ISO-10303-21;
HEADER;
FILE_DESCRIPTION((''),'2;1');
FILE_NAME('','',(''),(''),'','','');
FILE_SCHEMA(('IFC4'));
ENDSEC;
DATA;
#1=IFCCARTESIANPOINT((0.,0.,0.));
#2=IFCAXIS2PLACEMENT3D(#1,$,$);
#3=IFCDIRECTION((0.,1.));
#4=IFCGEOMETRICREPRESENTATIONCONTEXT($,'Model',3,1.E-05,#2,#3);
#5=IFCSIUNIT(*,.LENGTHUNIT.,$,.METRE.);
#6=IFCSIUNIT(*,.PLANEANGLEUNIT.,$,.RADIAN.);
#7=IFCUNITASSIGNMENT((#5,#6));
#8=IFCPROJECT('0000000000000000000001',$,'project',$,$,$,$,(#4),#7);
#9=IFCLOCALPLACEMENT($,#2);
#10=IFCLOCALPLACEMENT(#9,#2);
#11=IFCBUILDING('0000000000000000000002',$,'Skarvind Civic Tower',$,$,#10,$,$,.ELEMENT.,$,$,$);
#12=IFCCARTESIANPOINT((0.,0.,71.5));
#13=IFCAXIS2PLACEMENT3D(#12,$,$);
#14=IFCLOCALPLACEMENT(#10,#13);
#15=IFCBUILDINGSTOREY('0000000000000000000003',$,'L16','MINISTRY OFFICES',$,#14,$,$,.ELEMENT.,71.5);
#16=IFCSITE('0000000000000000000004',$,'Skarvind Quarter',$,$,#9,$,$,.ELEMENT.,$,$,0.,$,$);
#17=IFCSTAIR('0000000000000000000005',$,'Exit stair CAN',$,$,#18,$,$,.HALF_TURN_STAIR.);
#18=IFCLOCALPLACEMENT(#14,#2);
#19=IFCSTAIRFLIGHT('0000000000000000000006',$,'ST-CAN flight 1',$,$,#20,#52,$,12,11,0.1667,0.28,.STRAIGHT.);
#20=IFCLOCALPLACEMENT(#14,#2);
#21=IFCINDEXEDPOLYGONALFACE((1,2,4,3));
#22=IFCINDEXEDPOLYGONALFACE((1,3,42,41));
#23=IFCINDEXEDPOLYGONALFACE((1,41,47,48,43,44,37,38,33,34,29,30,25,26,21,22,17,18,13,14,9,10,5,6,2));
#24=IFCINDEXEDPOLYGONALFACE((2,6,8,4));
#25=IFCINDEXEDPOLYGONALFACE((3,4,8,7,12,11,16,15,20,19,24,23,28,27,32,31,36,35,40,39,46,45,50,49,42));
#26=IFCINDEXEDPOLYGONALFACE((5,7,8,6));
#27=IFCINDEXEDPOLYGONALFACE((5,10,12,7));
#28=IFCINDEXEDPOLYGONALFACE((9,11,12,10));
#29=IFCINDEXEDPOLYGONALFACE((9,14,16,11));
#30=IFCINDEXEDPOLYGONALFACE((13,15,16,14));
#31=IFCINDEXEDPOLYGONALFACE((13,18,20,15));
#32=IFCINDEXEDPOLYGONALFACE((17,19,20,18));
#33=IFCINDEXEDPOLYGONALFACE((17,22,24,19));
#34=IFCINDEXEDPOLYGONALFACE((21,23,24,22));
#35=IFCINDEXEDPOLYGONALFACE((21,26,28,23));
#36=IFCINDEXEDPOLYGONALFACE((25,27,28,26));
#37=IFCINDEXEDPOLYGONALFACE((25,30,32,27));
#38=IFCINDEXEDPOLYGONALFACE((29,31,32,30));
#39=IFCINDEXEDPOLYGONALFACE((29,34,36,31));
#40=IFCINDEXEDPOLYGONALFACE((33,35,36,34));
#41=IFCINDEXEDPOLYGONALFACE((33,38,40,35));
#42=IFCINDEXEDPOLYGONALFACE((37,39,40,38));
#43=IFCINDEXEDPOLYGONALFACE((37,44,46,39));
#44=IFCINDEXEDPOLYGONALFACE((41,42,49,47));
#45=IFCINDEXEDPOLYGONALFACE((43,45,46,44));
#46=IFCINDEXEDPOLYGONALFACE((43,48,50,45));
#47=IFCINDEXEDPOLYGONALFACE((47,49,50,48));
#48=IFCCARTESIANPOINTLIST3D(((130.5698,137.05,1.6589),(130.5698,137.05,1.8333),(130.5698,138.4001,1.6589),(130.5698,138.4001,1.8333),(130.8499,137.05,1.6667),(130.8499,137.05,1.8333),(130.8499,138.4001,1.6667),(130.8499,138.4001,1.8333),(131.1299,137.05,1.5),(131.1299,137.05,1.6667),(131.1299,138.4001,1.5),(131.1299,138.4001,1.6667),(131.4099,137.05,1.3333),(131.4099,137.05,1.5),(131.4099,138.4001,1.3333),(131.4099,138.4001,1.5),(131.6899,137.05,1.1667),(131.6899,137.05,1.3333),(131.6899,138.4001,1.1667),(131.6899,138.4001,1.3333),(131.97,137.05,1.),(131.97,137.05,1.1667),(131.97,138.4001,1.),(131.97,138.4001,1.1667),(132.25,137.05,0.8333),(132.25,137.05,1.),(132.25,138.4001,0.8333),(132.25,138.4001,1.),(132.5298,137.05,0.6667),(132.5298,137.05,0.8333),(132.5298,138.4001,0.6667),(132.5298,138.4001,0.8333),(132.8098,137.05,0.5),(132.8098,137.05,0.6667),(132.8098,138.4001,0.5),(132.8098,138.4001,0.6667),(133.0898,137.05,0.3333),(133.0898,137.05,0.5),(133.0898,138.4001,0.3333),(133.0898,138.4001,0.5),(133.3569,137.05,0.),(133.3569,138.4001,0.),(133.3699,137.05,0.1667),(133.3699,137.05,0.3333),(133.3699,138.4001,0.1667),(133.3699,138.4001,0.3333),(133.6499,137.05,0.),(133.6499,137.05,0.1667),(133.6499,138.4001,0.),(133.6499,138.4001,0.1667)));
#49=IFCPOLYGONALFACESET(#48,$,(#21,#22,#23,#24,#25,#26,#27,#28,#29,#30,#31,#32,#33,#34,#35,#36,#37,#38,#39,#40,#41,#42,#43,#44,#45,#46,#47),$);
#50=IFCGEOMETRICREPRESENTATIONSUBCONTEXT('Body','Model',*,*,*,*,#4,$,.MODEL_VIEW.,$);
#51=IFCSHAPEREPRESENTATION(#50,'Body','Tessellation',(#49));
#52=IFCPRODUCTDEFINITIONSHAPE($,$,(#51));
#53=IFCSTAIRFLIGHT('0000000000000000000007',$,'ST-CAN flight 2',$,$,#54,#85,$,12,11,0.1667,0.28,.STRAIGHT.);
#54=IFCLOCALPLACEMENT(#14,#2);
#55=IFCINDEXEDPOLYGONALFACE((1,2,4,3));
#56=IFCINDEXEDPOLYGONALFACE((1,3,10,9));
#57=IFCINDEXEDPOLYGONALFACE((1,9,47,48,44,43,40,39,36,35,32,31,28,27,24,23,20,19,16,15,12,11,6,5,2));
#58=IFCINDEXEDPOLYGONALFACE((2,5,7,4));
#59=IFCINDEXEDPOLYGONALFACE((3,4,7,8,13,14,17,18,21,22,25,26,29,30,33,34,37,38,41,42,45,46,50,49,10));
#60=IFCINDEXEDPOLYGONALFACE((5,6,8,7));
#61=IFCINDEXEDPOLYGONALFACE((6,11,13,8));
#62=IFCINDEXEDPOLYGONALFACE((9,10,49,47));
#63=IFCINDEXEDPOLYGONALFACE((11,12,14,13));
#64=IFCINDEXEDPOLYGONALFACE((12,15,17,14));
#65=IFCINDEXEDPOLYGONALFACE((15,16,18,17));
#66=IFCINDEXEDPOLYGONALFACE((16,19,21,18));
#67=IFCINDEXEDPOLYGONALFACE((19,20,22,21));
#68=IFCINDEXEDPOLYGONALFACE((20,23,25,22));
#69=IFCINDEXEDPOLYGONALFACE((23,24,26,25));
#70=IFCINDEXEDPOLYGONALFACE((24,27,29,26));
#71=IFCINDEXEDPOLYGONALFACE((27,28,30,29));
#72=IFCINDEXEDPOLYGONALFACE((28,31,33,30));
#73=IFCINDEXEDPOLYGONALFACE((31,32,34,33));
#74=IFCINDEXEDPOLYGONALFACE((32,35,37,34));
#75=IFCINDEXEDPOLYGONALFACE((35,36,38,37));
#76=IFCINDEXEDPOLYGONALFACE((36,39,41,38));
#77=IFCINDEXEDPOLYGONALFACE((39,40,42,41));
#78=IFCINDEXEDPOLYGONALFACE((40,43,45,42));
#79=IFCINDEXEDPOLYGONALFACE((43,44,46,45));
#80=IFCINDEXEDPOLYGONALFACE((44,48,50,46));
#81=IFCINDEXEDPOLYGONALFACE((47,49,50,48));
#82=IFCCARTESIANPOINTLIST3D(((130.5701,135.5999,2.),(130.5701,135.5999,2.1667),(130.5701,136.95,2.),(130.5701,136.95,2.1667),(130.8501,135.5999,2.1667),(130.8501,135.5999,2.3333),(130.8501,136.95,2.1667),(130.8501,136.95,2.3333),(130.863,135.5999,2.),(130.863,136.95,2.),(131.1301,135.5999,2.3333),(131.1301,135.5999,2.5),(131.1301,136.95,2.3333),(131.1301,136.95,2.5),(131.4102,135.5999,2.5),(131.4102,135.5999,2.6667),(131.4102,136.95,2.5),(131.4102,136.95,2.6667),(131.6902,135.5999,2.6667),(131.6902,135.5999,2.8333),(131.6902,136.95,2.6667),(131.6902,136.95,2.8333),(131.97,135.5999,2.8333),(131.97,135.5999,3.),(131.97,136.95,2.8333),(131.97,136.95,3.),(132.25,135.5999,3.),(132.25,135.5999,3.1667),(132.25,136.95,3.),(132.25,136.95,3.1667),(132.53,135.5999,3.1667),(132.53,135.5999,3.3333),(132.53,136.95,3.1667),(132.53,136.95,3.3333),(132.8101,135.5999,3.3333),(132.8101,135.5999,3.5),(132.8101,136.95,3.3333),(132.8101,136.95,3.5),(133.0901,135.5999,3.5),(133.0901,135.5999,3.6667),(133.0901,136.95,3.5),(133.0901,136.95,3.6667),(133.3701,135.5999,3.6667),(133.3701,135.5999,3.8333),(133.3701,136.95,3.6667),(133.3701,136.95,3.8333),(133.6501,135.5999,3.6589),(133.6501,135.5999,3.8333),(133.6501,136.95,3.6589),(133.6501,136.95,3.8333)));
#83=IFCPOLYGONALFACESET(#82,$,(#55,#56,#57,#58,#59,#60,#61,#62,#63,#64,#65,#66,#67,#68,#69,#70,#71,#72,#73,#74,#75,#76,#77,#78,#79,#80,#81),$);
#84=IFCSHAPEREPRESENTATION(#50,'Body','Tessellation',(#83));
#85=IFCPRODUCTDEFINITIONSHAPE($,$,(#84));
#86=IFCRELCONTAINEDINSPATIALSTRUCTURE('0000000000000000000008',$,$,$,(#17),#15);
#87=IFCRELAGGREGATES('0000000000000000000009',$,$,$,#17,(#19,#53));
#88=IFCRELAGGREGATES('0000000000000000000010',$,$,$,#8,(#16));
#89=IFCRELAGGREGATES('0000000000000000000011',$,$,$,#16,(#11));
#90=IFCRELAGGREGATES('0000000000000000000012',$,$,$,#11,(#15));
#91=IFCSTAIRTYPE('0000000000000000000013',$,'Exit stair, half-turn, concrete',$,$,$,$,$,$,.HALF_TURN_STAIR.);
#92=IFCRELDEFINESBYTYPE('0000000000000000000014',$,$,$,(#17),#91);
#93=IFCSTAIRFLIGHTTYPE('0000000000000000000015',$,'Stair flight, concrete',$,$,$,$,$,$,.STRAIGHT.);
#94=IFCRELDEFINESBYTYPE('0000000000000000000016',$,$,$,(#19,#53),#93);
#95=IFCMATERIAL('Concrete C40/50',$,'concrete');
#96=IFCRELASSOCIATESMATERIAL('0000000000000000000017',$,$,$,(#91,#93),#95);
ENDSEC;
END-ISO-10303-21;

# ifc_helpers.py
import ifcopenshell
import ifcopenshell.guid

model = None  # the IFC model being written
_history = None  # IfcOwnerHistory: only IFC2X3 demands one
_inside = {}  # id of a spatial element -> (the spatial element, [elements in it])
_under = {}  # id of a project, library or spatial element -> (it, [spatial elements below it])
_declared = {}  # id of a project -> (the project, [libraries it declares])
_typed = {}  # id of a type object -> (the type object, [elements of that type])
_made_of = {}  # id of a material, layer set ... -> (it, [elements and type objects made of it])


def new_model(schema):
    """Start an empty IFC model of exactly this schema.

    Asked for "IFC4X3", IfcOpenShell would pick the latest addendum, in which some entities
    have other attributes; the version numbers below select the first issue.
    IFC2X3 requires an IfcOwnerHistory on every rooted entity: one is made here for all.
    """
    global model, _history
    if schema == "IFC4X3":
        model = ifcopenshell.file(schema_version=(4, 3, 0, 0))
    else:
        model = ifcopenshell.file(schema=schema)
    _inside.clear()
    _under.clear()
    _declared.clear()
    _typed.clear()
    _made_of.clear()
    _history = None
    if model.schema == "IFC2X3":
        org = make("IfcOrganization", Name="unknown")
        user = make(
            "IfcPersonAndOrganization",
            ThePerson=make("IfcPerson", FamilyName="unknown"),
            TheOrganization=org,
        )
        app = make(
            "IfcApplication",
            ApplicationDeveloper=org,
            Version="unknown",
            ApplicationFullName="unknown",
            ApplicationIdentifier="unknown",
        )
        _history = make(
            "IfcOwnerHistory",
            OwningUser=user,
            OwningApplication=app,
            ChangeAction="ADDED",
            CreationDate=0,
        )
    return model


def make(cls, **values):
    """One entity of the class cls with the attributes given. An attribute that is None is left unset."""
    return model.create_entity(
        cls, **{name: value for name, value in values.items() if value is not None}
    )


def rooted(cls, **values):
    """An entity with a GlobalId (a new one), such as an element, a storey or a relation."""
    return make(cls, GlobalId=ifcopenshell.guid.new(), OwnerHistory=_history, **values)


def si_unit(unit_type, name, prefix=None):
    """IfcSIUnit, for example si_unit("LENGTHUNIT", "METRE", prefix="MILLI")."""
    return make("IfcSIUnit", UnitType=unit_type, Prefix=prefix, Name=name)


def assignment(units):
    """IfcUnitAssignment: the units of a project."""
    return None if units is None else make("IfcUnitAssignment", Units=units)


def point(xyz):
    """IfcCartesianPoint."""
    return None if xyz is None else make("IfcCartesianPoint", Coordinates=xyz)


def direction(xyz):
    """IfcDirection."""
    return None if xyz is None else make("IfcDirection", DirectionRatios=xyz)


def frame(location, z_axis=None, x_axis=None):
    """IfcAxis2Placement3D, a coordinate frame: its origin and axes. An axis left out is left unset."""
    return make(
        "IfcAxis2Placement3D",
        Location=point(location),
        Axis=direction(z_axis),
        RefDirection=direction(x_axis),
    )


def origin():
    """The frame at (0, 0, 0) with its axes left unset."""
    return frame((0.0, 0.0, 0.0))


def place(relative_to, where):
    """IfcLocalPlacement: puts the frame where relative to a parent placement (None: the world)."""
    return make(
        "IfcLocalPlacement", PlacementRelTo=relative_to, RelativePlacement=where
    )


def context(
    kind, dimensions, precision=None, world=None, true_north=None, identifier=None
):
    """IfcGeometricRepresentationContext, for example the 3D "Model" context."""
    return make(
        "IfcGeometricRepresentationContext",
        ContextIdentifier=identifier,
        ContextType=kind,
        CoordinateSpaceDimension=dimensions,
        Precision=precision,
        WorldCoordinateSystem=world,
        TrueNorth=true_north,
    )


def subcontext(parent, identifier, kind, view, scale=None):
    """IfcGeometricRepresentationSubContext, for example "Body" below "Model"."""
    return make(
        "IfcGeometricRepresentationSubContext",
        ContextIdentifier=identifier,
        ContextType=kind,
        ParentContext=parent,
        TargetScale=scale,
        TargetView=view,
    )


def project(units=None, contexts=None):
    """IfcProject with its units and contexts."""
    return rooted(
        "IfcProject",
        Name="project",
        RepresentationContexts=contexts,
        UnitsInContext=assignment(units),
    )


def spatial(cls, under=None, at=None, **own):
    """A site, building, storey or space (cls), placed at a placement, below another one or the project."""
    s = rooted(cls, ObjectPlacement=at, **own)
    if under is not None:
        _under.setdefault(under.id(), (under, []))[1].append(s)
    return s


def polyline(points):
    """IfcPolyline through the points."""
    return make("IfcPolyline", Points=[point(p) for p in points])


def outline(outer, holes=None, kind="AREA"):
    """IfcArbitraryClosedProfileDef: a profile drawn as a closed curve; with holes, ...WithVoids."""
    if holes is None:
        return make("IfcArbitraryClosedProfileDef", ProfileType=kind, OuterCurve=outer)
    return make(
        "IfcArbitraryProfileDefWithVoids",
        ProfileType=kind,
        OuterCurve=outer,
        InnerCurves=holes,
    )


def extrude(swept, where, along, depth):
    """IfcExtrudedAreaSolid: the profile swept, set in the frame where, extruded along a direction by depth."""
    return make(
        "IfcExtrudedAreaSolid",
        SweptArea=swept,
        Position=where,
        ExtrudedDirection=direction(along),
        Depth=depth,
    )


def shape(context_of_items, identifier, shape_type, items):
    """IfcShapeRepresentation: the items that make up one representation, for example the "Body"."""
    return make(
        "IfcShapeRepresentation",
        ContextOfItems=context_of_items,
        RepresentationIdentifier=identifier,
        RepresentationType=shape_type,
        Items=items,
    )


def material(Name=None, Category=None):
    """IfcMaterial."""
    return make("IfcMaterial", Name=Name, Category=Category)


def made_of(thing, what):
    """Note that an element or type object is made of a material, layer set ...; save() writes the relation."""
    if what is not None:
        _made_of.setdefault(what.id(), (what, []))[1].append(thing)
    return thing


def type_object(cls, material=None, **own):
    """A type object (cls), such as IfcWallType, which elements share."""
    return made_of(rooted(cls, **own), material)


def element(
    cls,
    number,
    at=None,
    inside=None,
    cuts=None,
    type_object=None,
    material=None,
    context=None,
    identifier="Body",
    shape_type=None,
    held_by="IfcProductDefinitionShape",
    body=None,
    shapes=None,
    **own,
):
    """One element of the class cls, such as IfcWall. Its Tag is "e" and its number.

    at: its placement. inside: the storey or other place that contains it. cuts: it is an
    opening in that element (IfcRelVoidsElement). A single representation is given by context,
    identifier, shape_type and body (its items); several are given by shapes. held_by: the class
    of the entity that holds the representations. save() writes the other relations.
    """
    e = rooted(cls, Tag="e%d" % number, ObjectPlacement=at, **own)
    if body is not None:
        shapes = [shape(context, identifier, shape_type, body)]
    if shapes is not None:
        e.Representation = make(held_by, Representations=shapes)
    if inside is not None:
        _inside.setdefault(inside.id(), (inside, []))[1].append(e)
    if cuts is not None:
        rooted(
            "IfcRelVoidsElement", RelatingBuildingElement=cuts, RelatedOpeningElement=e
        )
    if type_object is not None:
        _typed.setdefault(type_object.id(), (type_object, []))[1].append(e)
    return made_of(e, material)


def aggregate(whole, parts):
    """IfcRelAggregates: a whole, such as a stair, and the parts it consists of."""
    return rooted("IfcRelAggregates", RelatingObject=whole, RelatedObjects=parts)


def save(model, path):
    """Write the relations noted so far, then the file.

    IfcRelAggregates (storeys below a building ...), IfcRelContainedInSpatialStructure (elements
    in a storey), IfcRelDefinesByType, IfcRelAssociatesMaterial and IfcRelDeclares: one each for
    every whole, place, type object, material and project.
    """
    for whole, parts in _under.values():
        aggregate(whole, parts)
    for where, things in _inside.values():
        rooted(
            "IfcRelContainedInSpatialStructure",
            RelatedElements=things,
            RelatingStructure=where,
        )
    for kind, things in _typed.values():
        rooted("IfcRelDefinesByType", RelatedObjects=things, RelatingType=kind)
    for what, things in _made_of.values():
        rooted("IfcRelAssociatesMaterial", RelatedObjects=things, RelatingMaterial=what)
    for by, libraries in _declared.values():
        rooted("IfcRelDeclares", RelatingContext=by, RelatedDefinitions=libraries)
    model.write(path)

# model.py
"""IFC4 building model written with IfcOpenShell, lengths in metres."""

from ifc_helpers import new_model, si_unit, direction, frame, origin, place, context, subcontext, project, spatial, polyline, outline, extrude, material, type_object, element, aggregate, save


model = new_model("IFC4")

# Units and contexts
model_context = context("Model", 3, precision=1e-05, world=origin(), true_north=direction((0.0, 1.0)))
body_context = subcontext(model_context, "Body", "Model", "MODEL_VIEW")
ifc_project = project(units=[si_unit("LENGTHUNIT", "METRE"), si_unit("PLANEANGLEUNIT", "RADIAN")], contexts=[model_context])

# Site, building, storey
site_placement = place(None, origin())
site = spatial("IfcSite", under=ifc_project, at=site_placement, Name="Skarvind Quarter", CompositionType="ELEMENT", RefElevation=0.0)
building_placement = place(site_placement, origin())
building = spatial("IfcBuilding", under=site, at=building_placement, Name="Skarvind Civic Tower", CompositionType="ELEMENT")
storey_placement = place(building_placement, frame((0.0, 0.0, 71.5)))
storey = spatial("IfcBuildingStorey", under=building, at=storey_placement, Name="L16", Description="MINISTRY OFFICES", CompositionType="ELEMENT", Elevation=71.5)

# Stair, stair flights
ifc_material_1 = material(Name="Concrete C40/50", Category="concrete")
stair_type = type_object("IfcStairType", Name="Exit stair, half-turn, concrete", PredefinedType="HALF_TURN_STAIR", material=ifc_material_1)
stair_placement = place(storey_placement, origin())
stair = element("IfcStair", 1, at=stair_placement, inside=storey, type_object=stair_type, Name="Exit stair CAN", PredefinedType="HALF_TURN_STAIR")
stair_flight_type = type_object("IfcStairFlightType", Name="Stair flight, concrete", PredefinedType="STRAIGHT", material=ifc_material_1)
stair_flight_1_placement = place(storey_placement, frame((133.6499, 137.7251, 0.0), z_axis=(0.0, 0.0, 1.0), x_axis=(-1.0, 0.0, 0.0)))
stair_flight_1 = element("IfcStairFlight", 2, at=stair_flight_1_placement, type_object=stair_flight_type, Name="ST-CAN flight 1", NumberOfRisers=12, NumberOfTreads=11, PredefinedType="STRAIGHT", RiserHeight=0.1667, TreadLength=0.28, context=body_context, shape_type="SweptSolid", body=[
    extrude(outline(polyline([(0.0, 0.0), (0.0, 0.1667), (0.28, 0.1667), (0.28, 0.3333), (0.5601, 0.3333), (0.5601, 0.5), (0.8401, 0.5), (0.8401, 0.6667), (1.1201, 0.6667), (1.1201, 0.8333), (1.3999, 0.8333), (1.3999, 1.0), (1.6799, 1.0), (1.6799, 1.1667), (1.96, 1.1667), (1.96, 1.3333), (2.24, 1.3333), (2.24, 1.5), (2.52, 1.5), (2.52, 1.6667), (2.8, 1.6667), (2.8, 1.8333), (3.0801, 1.8333), (3.0801, 2.0), (3.0801, 1.6589), (0.293, 0.0), (0.0, 0.0)])), frame((0.0, 0.675, 0.0), z_axis=(0.0, -1.0, 0.0), x_axis=(1.0, 0.0, 0.0)), (0.0, 0.0, 1.0), 1.3501),
])
stair_flight_2_placement = place(storey_placement, frame((130.5701, 136.2749, 2.0), z_axis=(0.0, 0.0, 1.0), x_axis=(1.0, 0.0, 0.0)))
stair_flight_2 = element("IfcStairFlight", 3, at=stair_flight_2_placement, type_object=stair_flight_type, Name="ST-CAN flight 2", NumberOfRisers=12, NumberOfTreads=11, PredefinedType="STRAIGHT", RiserHeight=0.1667, TreadLength=0.28, context=body_context, shape_type="SweptSolid", body=[
    extrude(outline(polyline([(0.0, 0.0), (0.0, 0.1667), (0.28, 0.1667), (0.28, 0.3333), (0.5601, 0.3333), (0.5601, 0.5), (0.8401, 0.5), (0.8401, 0.6667), (1.1201, 0.6667), (1.1201, 0.8333), (1.3999, 0.8333), (1.3999, 1.0), (1.6799, 1.0), (1.6799, 1.1667), (1.96, 1.1667), (1.96, 1.3333), (2.24, 1.3333), (2.24, 1.5), (2.52, 1.5), (2.52, 1.6667), (2.8, 1.6667), (2.8, 1.8333), (3.0801, 1.8333), (3.0801, 2.0), (3.0801, 1.6589), (0.293, 0.0), (0.0, 0.0)])), frame((0.0, 0.675, 0.0), z_axis=(0.0, -1.0, 0.0), x_axis=(1.0, 0.0, 0.0)), (0.0, 0.0, 1.0), 1.3501),
])
aggregate(stair, [stair_flight_1, stair_flight_2])

save(model, "model.ifc")
